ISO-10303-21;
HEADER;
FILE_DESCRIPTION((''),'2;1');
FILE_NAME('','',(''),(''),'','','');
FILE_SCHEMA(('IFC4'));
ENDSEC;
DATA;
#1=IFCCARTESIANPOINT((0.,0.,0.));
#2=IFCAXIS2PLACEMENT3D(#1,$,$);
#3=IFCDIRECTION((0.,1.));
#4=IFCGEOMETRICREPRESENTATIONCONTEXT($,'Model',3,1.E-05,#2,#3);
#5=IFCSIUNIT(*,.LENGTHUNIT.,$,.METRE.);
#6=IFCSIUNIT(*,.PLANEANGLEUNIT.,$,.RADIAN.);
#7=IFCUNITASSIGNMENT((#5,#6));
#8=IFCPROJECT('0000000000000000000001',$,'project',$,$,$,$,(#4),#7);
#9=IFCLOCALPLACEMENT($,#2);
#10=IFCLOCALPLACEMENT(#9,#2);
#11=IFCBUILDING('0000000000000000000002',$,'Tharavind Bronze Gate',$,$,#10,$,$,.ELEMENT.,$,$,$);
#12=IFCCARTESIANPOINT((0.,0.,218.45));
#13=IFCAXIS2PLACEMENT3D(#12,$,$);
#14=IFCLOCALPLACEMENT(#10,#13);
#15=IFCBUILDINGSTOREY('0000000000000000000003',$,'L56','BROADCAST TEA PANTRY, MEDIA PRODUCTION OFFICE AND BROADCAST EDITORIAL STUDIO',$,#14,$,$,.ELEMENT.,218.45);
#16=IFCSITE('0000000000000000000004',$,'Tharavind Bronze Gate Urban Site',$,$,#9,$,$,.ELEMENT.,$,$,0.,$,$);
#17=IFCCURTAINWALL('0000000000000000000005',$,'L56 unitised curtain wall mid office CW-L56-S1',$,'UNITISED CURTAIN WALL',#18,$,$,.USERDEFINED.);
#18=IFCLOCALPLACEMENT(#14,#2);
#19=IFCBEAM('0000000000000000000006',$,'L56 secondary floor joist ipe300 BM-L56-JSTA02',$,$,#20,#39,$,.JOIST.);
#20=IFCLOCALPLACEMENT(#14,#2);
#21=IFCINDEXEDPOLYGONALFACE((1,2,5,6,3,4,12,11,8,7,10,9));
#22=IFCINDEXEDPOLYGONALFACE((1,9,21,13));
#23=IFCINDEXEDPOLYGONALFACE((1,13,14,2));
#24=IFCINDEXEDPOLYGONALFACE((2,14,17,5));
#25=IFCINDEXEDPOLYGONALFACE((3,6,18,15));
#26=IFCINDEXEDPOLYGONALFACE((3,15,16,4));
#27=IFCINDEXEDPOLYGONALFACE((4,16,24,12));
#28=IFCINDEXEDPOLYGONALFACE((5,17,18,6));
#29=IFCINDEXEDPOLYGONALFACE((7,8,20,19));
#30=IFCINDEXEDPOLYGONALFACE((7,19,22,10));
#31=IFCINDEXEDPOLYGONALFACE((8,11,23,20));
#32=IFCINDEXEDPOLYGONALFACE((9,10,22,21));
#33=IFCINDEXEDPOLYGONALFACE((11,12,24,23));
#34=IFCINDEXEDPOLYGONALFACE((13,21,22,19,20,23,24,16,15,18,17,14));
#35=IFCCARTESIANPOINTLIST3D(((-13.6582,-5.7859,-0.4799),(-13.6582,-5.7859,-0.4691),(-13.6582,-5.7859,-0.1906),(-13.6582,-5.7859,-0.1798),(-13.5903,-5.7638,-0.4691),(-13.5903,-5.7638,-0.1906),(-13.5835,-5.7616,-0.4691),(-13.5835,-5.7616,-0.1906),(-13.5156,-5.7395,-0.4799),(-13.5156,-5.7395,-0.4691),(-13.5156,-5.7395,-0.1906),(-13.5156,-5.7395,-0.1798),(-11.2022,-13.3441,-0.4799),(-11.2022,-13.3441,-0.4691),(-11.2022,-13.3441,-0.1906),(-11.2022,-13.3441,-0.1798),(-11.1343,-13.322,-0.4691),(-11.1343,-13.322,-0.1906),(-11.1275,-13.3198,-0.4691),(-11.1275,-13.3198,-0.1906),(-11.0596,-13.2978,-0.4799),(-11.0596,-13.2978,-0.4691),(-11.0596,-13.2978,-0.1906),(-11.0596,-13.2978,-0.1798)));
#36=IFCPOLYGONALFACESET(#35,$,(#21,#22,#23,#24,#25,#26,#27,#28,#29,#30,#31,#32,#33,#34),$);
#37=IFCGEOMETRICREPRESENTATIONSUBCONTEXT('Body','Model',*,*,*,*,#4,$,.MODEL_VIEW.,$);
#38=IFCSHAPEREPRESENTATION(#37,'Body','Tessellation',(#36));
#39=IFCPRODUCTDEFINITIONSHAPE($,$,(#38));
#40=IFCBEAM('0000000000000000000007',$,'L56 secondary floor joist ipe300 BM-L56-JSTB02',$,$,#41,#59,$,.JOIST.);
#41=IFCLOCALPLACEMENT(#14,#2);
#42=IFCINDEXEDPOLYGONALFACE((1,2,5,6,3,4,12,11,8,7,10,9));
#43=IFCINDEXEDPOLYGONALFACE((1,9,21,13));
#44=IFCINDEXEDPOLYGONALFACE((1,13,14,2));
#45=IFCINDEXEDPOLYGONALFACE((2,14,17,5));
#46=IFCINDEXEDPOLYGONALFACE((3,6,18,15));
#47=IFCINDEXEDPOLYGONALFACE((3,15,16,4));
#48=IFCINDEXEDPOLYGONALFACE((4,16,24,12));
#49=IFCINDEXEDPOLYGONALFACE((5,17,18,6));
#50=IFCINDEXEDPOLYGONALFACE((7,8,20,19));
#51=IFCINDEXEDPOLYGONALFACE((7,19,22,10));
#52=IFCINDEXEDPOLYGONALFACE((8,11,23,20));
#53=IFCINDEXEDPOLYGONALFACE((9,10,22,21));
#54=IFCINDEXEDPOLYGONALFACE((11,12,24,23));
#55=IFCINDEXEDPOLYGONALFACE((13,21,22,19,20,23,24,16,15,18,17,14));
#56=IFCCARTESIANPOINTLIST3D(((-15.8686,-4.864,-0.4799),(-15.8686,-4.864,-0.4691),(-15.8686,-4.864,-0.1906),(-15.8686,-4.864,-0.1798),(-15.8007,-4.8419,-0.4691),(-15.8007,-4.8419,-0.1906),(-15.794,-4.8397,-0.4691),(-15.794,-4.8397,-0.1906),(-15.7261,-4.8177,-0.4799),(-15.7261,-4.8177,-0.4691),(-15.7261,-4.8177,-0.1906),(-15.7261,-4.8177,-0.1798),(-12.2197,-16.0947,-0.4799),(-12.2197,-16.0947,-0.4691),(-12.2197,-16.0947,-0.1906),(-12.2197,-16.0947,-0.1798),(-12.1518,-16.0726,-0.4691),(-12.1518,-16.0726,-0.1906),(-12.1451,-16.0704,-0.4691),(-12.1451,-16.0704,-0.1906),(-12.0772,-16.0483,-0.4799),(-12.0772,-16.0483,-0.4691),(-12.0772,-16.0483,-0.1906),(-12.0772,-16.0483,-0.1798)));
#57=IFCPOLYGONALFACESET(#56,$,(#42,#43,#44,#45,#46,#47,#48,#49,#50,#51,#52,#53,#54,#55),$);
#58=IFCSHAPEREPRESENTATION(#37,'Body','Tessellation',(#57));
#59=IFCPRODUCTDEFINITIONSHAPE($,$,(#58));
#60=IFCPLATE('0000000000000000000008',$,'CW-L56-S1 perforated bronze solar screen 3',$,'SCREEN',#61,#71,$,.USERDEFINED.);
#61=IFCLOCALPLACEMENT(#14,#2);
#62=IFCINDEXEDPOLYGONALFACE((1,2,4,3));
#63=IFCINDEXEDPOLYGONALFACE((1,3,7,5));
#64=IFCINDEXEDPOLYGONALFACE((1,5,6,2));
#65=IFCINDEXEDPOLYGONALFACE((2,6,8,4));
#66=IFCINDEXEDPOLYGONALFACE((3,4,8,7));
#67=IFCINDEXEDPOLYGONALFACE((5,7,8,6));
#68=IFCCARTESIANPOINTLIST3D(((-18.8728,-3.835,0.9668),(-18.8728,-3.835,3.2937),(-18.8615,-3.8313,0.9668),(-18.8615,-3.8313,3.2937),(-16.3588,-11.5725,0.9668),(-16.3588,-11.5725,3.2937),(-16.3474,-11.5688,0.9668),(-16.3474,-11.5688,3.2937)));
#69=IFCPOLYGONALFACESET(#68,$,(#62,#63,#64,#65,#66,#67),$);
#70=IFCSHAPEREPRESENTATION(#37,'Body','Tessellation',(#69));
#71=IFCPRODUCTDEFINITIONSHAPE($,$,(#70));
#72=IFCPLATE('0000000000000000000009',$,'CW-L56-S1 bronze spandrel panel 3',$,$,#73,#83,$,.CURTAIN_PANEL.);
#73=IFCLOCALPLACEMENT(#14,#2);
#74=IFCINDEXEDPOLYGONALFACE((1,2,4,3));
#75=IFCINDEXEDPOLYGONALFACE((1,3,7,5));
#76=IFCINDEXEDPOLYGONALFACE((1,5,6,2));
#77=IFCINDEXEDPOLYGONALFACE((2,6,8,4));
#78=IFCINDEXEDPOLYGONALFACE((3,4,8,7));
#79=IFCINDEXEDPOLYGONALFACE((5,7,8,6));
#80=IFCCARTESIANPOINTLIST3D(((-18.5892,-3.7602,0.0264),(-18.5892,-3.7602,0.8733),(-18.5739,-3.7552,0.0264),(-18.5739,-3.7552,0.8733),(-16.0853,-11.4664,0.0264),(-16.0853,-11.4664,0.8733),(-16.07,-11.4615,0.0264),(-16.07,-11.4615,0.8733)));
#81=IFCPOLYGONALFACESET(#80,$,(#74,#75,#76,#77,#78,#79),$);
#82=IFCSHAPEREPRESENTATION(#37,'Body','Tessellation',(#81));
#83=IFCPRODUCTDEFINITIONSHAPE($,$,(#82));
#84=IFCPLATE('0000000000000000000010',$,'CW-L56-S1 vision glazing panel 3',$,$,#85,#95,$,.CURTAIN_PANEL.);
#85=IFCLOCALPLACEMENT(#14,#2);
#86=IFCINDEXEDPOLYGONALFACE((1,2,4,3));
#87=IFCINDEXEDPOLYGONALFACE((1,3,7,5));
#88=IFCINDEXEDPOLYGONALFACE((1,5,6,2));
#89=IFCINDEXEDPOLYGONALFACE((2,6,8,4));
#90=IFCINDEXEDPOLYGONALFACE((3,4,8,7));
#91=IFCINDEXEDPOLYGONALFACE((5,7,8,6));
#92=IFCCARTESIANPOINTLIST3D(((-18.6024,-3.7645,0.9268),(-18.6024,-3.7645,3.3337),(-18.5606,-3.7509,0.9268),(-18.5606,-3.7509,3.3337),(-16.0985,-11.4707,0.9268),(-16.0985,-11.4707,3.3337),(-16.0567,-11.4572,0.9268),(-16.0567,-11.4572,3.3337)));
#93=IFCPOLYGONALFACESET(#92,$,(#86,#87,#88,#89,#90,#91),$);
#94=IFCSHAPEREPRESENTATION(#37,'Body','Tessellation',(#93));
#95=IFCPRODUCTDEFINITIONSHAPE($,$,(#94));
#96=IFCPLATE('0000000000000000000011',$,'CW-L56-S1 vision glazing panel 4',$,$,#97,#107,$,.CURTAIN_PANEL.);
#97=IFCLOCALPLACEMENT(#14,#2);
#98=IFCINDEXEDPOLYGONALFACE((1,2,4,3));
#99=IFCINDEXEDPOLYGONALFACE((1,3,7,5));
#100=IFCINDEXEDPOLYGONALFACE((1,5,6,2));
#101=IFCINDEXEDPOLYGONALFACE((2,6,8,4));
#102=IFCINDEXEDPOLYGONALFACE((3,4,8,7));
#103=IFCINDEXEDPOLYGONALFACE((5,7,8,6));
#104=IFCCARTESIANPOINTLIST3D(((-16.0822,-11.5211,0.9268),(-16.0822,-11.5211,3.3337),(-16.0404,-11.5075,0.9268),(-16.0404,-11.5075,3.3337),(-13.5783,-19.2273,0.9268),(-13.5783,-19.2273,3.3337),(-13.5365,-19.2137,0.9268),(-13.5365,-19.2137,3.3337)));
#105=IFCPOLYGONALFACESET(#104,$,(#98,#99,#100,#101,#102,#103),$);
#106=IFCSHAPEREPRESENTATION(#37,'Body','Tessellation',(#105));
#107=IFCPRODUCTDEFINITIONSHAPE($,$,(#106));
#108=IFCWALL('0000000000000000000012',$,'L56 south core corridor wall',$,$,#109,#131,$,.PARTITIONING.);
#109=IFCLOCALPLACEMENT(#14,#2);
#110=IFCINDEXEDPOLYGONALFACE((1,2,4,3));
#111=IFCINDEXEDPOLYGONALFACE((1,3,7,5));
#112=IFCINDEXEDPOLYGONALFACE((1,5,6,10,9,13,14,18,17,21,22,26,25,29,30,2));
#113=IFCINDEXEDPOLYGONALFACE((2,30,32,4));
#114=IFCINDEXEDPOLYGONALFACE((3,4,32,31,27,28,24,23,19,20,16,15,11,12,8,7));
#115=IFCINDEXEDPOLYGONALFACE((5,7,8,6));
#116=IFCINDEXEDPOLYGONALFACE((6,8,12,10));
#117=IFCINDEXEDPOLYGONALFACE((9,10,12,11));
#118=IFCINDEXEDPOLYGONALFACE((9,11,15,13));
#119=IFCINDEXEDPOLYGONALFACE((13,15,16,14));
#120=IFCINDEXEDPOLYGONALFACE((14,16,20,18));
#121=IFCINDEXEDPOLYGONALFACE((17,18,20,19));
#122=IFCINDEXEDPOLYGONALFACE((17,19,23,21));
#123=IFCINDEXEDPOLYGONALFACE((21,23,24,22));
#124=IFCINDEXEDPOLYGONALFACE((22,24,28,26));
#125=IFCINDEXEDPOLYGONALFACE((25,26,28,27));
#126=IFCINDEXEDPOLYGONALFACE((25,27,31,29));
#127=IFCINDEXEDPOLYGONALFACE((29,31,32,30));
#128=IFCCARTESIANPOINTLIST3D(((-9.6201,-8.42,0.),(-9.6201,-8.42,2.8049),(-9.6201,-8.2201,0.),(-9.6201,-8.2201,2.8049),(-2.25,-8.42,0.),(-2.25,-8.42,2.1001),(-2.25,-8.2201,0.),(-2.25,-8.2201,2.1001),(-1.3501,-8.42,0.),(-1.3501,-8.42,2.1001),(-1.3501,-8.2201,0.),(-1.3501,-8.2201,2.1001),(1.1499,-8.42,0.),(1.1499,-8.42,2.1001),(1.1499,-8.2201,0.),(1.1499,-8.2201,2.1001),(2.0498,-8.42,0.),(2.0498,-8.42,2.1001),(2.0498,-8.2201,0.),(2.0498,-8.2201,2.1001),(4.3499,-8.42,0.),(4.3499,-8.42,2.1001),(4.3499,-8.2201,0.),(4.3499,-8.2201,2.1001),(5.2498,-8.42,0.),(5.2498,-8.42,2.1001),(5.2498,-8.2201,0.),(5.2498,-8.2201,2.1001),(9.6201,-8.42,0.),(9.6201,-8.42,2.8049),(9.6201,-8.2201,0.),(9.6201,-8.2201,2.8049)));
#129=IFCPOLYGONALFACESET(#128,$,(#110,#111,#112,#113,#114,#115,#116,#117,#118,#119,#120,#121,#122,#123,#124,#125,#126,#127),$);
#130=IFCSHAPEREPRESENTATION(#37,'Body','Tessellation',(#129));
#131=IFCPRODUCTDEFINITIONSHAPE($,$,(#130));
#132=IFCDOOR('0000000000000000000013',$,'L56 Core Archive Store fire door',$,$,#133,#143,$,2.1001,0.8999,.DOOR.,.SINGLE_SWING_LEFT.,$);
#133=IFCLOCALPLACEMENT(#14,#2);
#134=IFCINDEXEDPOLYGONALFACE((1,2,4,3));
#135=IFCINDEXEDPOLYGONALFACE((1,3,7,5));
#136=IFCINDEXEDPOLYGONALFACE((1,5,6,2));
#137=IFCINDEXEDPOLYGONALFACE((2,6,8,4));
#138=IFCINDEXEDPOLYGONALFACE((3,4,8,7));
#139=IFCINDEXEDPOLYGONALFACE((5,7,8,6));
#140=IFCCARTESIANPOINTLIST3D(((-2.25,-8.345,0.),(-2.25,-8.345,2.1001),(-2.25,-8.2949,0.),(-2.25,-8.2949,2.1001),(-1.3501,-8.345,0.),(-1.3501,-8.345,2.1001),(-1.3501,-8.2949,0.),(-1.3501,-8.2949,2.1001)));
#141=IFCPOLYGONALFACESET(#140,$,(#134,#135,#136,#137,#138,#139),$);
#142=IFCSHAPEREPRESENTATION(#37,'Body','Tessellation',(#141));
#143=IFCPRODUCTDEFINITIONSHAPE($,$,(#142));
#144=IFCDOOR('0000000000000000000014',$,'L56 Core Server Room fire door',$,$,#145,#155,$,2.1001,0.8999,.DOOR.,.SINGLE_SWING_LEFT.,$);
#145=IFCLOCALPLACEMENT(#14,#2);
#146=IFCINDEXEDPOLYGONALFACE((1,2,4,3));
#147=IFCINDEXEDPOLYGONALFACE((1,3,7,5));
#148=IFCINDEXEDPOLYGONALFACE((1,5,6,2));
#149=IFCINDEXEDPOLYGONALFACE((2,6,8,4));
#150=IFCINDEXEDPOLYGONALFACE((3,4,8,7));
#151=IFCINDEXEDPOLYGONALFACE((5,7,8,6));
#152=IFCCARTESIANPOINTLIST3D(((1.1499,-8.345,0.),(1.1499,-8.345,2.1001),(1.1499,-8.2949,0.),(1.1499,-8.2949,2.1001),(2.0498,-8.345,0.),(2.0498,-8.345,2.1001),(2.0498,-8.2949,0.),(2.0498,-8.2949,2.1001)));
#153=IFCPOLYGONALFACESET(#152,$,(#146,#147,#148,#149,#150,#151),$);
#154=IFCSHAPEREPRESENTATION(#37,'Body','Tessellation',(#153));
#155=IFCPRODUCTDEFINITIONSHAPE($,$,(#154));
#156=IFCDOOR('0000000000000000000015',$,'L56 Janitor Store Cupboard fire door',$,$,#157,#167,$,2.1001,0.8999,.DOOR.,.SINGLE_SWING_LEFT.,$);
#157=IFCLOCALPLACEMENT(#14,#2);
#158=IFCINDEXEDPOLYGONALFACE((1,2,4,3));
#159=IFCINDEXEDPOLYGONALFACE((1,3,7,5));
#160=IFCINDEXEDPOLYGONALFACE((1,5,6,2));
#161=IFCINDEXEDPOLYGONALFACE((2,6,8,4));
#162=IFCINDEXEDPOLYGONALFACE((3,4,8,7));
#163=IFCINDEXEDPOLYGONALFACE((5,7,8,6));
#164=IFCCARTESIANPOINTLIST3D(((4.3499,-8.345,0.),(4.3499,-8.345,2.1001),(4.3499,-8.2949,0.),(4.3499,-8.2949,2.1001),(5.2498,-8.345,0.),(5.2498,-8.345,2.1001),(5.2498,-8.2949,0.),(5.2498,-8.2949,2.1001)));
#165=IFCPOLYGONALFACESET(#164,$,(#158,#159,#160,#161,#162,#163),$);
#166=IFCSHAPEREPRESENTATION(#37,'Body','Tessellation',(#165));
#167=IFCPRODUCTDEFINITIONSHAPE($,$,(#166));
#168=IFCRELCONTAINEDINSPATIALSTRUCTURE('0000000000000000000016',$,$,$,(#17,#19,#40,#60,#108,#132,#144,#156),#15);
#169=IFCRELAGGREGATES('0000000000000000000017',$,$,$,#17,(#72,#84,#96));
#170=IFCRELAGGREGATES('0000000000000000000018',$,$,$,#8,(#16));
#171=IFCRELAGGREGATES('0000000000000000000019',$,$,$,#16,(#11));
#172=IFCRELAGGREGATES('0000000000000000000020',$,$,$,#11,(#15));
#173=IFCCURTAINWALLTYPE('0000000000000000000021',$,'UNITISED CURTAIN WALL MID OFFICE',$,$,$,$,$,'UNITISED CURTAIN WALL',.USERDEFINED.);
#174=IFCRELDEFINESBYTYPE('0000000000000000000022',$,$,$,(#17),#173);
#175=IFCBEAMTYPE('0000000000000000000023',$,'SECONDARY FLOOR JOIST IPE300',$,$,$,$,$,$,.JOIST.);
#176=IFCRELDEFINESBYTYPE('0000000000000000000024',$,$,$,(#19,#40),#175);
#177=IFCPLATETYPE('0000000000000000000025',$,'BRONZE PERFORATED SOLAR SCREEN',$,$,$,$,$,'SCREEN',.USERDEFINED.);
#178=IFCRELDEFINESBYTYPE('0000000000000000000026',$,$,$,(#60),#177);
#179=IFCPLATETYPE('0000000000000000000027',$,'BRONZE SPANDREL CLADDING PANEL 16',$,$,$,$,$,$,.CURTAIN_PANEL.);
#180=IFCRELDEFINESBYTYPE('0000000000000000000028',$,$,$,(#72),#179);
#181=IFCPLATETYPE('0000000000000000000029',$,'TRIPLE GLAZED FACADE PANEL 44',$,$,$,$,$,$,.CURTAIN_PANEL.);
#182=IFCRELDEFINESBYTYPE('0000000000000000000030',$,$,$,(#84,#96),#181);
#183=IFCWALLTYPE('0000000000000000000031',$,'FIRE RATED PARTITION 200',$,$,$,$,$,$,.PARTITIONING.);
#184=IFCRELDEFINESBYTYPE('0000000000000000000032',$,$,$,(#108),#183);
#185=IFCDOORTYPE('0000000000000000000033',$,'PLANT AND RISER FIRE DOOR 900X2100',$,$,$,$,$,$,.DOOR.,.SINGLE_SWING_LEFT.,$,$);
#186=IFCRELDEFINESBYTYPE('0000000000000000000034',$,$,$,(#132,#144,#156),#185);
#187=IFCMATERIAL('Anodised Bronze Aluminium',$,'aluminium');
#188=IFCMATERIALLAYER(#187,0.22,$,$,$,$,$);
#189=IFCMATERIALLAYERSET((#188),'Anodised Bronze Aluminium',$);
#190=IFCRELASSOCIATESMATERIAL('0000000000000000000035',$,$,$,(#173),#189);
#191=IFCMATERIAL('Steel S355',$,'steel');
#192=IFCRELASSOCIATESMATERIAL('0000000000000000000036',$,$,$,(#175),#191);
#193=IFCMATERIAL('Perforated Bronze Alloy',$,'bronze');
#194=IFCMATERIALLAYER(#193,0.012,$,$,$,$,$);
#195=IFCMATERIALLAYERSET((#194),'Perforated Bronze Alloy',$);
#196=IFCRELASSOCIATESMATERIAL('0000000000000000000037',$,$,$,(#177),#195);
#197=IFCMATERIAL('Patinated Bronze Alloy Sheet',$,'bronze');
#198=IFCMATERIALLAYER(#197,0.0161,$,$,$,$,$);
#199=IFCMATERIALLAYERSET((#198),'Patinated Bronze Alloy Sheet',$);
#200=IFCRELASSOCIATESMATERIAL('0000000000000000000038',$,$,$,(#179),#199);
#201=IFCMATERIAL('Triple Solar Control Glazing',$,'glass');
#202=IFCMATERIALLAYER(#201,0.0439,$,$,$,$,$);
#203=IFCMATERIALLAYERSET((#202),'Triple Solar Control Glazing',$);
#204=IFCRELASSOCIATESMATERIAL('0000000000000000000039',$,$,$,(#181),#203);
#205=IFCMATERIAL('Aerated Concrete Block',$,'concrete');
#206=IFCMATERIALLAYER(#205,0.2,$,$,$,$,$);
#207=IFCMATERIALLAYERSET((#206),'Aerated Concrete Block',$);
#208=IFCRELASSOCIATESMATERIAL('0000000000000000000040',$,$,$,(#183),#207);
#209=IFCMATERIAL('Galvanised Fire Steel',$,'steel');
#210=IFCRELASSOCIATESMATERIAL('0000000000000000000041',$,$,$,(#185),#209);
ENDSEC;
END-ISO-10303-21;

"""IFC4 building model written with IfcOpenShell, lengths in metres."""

from ifc_helpers import new_model, si_unit, direction, frame, frame_2d, origin, origin_2d, place, context, subcontext, project, spatial, rectangle, i_section, extrude, material, layer, layer_set, material_profile, profile_set, type_object, element, fill, aggregate, save


model = new_model("IFC4")

# Units and contexts
model_context = context("Model", 3, precision=1e-05, world=origin(), true_north=direction((0.0, 1.0)))
body_context = subcontext(model_context, "Body", "Model", "MODEL_VIEW")
ifc_project = project(units=[si_unit("LENGTHUNIT", "METRE"), si_unit("PLANEANGLEUNIT", "RADIAN")], contexts=[model_context])

# Site, building, storey
site_placement = place(None, origin())
site = spatial("IfcSite", under=ifc_project, at=site_placement, Name="Tharavind Bronze Gate Urban Site", CompositionType="ELEMENT", RefElevation=0.0)
building_placement = place(site_placement, origin())
building = spatial("IfcBuilding", under=site, at=building_placement, Name="Tharavind Bronze Gate", CompositionType="ELEMENT")
storey_placement = place(building_placement, frame((0.0, 0.0, 218.45)))
storey = spatial("IfcBuildingStorey", under=building, at=storey_placement, Name="L56", Description="BROADCAST TEA PANTRY, MEDIA PRODUCTION OFFICE AND BROADCAST EDITORIAL STUDIO", CompositionType="ELEMENT", Elevation=218.45)

# Curtain wall
ifc_material_1 = material(Name="Anodised Bronze Aluminium", Category="aluminium")
ifc_layer_1 = layer(ifc_material_1, 0.22)
ifc_layer_set_1 = layer_set([ifc_layer_1], Name="Anodised Bronze Aluminium")
curtain_wall_type = type_object("IfcCurtainWallType", Name="UNITISED CURTAIN WALL MID OFFICE", ElementType="UNITISED CURTAIN WALL", PredefinedType="USERDEFINED", material=ifc_layer_set_1)
curtain_wall_placement = place(storey_placement, origin())
curtain_wall = element("IfcCurtainWall", 1, at=curtain_wall_placement, inside=storey, type_object=curtain_wall_type, Name="L56 unitised curtain wall mid office CW-L56-S1", ObjectType="UNITISED CURTAIN WALL", PredefinedType="USERDEFINED")

# Beams
ifc_material_2 = material(Name="Steel S355", Category="steel")
ifc_material_profile_1 = material_profile(ifc_material_2, i_section(OverallWidth=0.1499, OverallDepth=0.3, WebThickness=0.0071, FlangeThickness=0.0107, at=origin_2d()), Name="IPE300")
ifc_profile_set_1 = profile_set([ifc_material_profile_1], Name="Steel S355")
beam_type_1 = type_object("IfcBeamType", Name="SECONDARY FLOOR JOIST IPE300", PredefinedType="JOIST", material=ifc_profile_set_1)
beam_1_placement = place(storey_placement, frame((-13.5869, -5.7627, -0.3298), z_axis=(0.30904, -0.951049, 0.0), x_axis=(0.951049, 0.30904, 0.0)))
element("IfcBeam", 2, at=beam_1_placement, inside=storey, type_object=beam_type_1, Name="L56 secondary floor joist ipe300 BM-L56-JSTA02", PredefinedType="JOIST", context=body_context, shape_type="SweptSolid", body=[
    extrude(i_section(OverallWidth=0.1499, OverallDepth=0.3, WebThickness=0.0071, FlangeThickness=0.0107, at=origin_2d()), origin(), (0.0, 0.0, 1.0), 7.9473),
])
beam_2_placement = place(storey_placement, frame((-15.7974, -4.8408, -0.3298), z_axis=(0.309005, -0.95106, 0.0), x_axis=(0.95106, 0.309005, 0.0)))
element("IfcBeam", 3, at=beam_2_placement, inside=storey, type_object=beam_type_1, Name="L56 secondary floor joist ipe300 BM-L56-JSTB02", PredefinedType="JOIST", context=body_context, shape_type="SweptSolid", body=[
    extrude(i_section(OverallWidth=0.1499, OverallDepth=0.3, WebThickness=0.0071, FlangeThickness=0.0107, at=origin_2d()), origin(), (0.0, 0.0, 1.0), 11.8086),
])

# Plates
ifc_material_3 = material(Name="Perforated Bronze Alloy", Category="bronze")
ifc_layer_2 = layer(ifc_material_3, 0.012)
ifc_layer_set_2 = layer_set([ifc_layer_2], Name="Perforated Bronze Alloy")
plate_type_1 = type_object("IfcPlateType", Name="BRONZE PERFORATED SOLAR SCREEN", ElementType="SCREEN", PredefinedType="USERDEFINED", material=ifc_layer_set_2)
plate_1_placement = place(storey_placement, frame((-17.6101, -7.7019, 0.9668), z_axis=(0.0, 0.0, 1.0), x_axis=(0.309017, -0.951057, 0.0)))
element("IfcPlate", 4, at=plate_1_placement, inside=storey, type_object=plate_type_1, Name="CW-L56-S1 perforated bronze solar screen 3", ObjectType="SCREEN", PredefinedType="USERDEFINED", context=body_context, shape_type="SweptSolid", body=[
    extrude(rectangle(XDim=8.1357, YDim=0.012, at=origin_2d()), origin(), (0.0, 0.0, 1.0), 2.3269),
])
ifc_material_4 = material(Name="Patinated Bronze Alloy Sheet", Category="bronze")
ifc_layer_3 = layer(ifc_material_4, 0.0161)
ifc_layer_set_3 = layer_set([ifc_layer_3], Name="Patinated Bronze Alloy Sheet")
plate_type_2 = type_object("IfcPlateType", Name="BRONZE SPANDREL CLADDING PANEL 16", PredefinedType="CURTAIN_PANEL", material=ifc_layer_set_3)
plate_2_placement = place(storey_placement, frame((-17.3296, -7.6108, 0.0264), z_axis=(0.0, 0.0, 1.0), x_axis=(0.309017, -0.951057, 0.0)))
plate_2 = element("IfcPlate", 5, at=plate_2_placement, type_object=plate_type_2, Name="CW-L56-S1 bronze spandrel panel 3", PredefinedType="CURTAIN_PANEL", context=body_context, shape_type="SweptSolid", body=[
    extrude(rectangle(XDim=8.1028, YDim=0.0161, at=origin_2d()), origin(), (0.0, 0.0, 1.0), 0.8469),
])
ifc_material_5 = material(Name="Triple Solar Control Glazing", Category="glass")
ifc_layer_4 = layer(ifc_material_5, 0.0439)
ifc_layer_set_4 = layer_set([ifc_layer_4], Name="Triple Solar Control Glazing")
plate_type_3 = type_object("IfcPlateType", Name="TRIPLE GLAZED FACADE PANEL 44", PredefinedType="CURTAIN_PANEL", material=ifc_layer_set_4)
plate_3_placement = place(storey_placement, frame((-17.3296, -7.6108, 0.9268), z_axis=(0.0, 0.0, 1.0), x_axis=(0.309017, -0.951057, 0.0)))
plate_3 = element("IfcPlate", 6, at=plate_3_placement, type_object=plate_type_3, Name="CW-L56-S1 vision glazing panel 3", PredefinedType="CURTAIN_PANEL", context=body_context, shape_type="SweptSolid", body=[
    extrude(rectangle(XDim=8.1028, YDim=0.0439, at=origin_2d()), origin(), (0.0, 0.0, 1.0), 2.407),
])
plate_4_placement = place(storey_placement, frame((-14.8093, -15.3674, 0.9268), z_axis=(0.0, 0.0, 1.0), x_axis=(0.309017, -0.951057, 0.0)))
plate_4 = element("IfcPlate", 7, at=plate_4_placement, type_object=plate_type_3, Name="CW-L56-S1 vision glazing panel 4", PredefinedType="CURTAIN_PANEL", context=body_context, shape_type="SweptSolid", body=[
    extrude(rectangle(XDim=8.1028, YDim=0.0439, at=origin_2d()), origin(), (0.0, 0.0, 1.0), 2.407),
])
aggregate(curtain_wall, [plate_2, plate_3, plate_4])

# Wall, openings, doors
ifc_material_6 = material(Name="Aerated Concrete Block", Category="concrete")
ifc_layer_5 = layer(ifc_material_6, 0.2)
ifc_layer_set_5 = layer_set([ifc_layer_5], Name="Aerated Concrete Block")
wall_type = type_object("IfcWallType", Name="FIRE RATED PARTITION 200", PredefinedType="PARTITIONING", material=ifc_layer_set_5)
wall_1_placement = place(storey_placement, frame((-9.6201, -8.3201, 0.0), z_axis=(0.0, 0.0, 1.0), x_axis=(1.0, 0.0, 0.0)))
wall_1 = element("IfcWall", 8, at=wall_1_placement, inside=storey, type_object=wall_type, Name="L56 south core corridor wall", PredefinedType="PARTITIONING", context=body_context, shape_type="SweptSolid", body=[
    extrude(rectangle(XDim=19.2402, YDim=0.2, at=frame_2d((9.6201, 0.0))), origin(), (0.0, 0.0, 1.0), 2.8049),
])
opening_1_placement = place(wall_1_placement, frame((7.3701, 0.0, 0.0)))
opening_1 = element("IfcOpeningElement", 9, at=opening_1_placement, cuts=wall_1, PredefinedType="OPENING", context=body_context, shape_type="SweptSolid", body=[
    extrude(rectangle(XDim=0.8999, YDim=2.1001, at=frame_2d((0.45, 1.05))), frame((0.0, 0.1101, 0.0), z_axis=(0.0, -1.0, 0.0), x_axis=(1.0, 0.0, 0.0)), (0.0, 0.0, 1.0), 0.22),
])
opening_2_placement = place(wall_1_placement, frame((10.77, 0.0, 0.0)))
opening_2 = element("IfcOpeningElement", 10, at=opening_2_placement, cuts=wall_1, PredefinedType="OPENING", context=body_context, shape_type="SweptSolid", body=[
    extrude(rectangle(XDim=0.8999, YDim=2.1001, at=frame_2d((0.45, 1.05))), frame((0.0, 0.1101, 0.0), z_axis=(0.0, -1.0, 0.0), x_axis=(1.0, 0.0, 0.0)), (0.0, 0.0, 1.0), 0.22),
])
opening_3_placement = place(wall_1_placement, frame((13.97, 0.0, 0.0)))
opening_3 = element("IfcOpeningElement", 11, at=opening_3_placement, cuts=wall_1, PredefinedType="OPENING", context=body_context, shape_type="SweptSolid", body=[
    extrude(rectangle(XDim=0.8999, YDim=2.1001, at=frame_2d((0.45, 1.05))), frame((0.0, 0.1101, 0.0), z_axis=(0.0, -1.0, 0.0), x_axis=(1.0, 0.0, 0.0)), (0.0, 0.0, 1.0), 0.22),
])
ifc_material_7 = material(Name="Galvanised Fire Steel", Category="steel")
door_type_1 = type_object("IfcDoorType", Name="PLANT AND RISER FIRE DOOR 900X2100", OperationType="SINGLE_SWING_LEFT", PredefinedType="DOOR", material=ifc_material_7)
door_1_placement = place(opening_1_placement, frame((0.8999, 0.0, 0.0), z_axis=(0.0, 0.0, 1.0), x_axis=(-1.0, 0.0, 0.0)))
door_1 = element("IfcDoor", 12, at=door_1_placement, inside=storey, type_object=door_type_1, Name="L56 Core Archive Store fire door", OperationType="SINGLE_SWING_LEFT", OverallHeight=2.1001, OverallWidth=0.8999, PredefinedType="DOOR", context=body_context, shape_type="SweptSolid", body=[
    extrude(rectangle(XDim=0.8999, YDim=2.1001, at=frame_2d((0.45, 1.05))), frame((0.0, 0.0249, 0.0), z_axis=(0.0, -1.0, 0.0), x_axis=(1.0, 0.0, 0.0)), (0.0, 0.0, 1.0), 0.05),
])
fill(opening_1, door_1)
door_2_placement = place(opening_2_placement, frame((0.8999, 0.0, 0.0), z_axis=(0.0, 0.0, 1.0), x_axis=(-1.0, 0.0, 0.0)))
door_2 = element("IfcDoor", 13, at=door_2_placement, inside=storey, type_object=door_type_1, Name="L56 Core Server Room fire door", OperationType="SINGLE_SWING_LEFT", OverallHeight=2.1001, OverallWidth=0.8999, PredefinedType="DOOR", context=body_context, shape_type="SweptSolid", body=[
    extrude(rectangle(XDim=0.8999, YDim=2.1001, at=frame_2d((0.45, 1.05))), frame((0.0, 0.0249, 0.0), z_axis=(0.0, -1.0, 0.0), x_axis=(1.0, 0.0, 0.0)), (0.0, 0.0, 1.0), 0.05),
])
fill(opening_2, door_2)
door_3_placement = place(opening_3_placement, frame((0.8999, 0.0, 0.0), z_axis=(0.0, 0.0, 1.0), x_axis=(-1.0, 0.0, 0.0)))
door_3 = element("IfcDoor", 14, at=door_3_placement, inside=storey, type_object=door_type_1, Name="L56 Janitor Store Cupboard fire door", OperationType="SINGLE_SWING_LEFT", OverallHeight=2.1001, OverallWidth=0.8999, PredefinedType="DOOR", context=body_context, shape_type="SweptSolid", body=[
    extrude(rectangle(XDim=0.8999, YDim=2.1001, at=frame_2d((0.45, 1.05))), frame((0.0, 0.0249, 0.0), z_axis=(0.0, -1.0, 0.0), x_axis=(1.0, 0.0, 0.0)), (0.0, 0.0, 1.0), 0.05),
])
fill(opening_3, door_3)

save(model, "model.ifc")
